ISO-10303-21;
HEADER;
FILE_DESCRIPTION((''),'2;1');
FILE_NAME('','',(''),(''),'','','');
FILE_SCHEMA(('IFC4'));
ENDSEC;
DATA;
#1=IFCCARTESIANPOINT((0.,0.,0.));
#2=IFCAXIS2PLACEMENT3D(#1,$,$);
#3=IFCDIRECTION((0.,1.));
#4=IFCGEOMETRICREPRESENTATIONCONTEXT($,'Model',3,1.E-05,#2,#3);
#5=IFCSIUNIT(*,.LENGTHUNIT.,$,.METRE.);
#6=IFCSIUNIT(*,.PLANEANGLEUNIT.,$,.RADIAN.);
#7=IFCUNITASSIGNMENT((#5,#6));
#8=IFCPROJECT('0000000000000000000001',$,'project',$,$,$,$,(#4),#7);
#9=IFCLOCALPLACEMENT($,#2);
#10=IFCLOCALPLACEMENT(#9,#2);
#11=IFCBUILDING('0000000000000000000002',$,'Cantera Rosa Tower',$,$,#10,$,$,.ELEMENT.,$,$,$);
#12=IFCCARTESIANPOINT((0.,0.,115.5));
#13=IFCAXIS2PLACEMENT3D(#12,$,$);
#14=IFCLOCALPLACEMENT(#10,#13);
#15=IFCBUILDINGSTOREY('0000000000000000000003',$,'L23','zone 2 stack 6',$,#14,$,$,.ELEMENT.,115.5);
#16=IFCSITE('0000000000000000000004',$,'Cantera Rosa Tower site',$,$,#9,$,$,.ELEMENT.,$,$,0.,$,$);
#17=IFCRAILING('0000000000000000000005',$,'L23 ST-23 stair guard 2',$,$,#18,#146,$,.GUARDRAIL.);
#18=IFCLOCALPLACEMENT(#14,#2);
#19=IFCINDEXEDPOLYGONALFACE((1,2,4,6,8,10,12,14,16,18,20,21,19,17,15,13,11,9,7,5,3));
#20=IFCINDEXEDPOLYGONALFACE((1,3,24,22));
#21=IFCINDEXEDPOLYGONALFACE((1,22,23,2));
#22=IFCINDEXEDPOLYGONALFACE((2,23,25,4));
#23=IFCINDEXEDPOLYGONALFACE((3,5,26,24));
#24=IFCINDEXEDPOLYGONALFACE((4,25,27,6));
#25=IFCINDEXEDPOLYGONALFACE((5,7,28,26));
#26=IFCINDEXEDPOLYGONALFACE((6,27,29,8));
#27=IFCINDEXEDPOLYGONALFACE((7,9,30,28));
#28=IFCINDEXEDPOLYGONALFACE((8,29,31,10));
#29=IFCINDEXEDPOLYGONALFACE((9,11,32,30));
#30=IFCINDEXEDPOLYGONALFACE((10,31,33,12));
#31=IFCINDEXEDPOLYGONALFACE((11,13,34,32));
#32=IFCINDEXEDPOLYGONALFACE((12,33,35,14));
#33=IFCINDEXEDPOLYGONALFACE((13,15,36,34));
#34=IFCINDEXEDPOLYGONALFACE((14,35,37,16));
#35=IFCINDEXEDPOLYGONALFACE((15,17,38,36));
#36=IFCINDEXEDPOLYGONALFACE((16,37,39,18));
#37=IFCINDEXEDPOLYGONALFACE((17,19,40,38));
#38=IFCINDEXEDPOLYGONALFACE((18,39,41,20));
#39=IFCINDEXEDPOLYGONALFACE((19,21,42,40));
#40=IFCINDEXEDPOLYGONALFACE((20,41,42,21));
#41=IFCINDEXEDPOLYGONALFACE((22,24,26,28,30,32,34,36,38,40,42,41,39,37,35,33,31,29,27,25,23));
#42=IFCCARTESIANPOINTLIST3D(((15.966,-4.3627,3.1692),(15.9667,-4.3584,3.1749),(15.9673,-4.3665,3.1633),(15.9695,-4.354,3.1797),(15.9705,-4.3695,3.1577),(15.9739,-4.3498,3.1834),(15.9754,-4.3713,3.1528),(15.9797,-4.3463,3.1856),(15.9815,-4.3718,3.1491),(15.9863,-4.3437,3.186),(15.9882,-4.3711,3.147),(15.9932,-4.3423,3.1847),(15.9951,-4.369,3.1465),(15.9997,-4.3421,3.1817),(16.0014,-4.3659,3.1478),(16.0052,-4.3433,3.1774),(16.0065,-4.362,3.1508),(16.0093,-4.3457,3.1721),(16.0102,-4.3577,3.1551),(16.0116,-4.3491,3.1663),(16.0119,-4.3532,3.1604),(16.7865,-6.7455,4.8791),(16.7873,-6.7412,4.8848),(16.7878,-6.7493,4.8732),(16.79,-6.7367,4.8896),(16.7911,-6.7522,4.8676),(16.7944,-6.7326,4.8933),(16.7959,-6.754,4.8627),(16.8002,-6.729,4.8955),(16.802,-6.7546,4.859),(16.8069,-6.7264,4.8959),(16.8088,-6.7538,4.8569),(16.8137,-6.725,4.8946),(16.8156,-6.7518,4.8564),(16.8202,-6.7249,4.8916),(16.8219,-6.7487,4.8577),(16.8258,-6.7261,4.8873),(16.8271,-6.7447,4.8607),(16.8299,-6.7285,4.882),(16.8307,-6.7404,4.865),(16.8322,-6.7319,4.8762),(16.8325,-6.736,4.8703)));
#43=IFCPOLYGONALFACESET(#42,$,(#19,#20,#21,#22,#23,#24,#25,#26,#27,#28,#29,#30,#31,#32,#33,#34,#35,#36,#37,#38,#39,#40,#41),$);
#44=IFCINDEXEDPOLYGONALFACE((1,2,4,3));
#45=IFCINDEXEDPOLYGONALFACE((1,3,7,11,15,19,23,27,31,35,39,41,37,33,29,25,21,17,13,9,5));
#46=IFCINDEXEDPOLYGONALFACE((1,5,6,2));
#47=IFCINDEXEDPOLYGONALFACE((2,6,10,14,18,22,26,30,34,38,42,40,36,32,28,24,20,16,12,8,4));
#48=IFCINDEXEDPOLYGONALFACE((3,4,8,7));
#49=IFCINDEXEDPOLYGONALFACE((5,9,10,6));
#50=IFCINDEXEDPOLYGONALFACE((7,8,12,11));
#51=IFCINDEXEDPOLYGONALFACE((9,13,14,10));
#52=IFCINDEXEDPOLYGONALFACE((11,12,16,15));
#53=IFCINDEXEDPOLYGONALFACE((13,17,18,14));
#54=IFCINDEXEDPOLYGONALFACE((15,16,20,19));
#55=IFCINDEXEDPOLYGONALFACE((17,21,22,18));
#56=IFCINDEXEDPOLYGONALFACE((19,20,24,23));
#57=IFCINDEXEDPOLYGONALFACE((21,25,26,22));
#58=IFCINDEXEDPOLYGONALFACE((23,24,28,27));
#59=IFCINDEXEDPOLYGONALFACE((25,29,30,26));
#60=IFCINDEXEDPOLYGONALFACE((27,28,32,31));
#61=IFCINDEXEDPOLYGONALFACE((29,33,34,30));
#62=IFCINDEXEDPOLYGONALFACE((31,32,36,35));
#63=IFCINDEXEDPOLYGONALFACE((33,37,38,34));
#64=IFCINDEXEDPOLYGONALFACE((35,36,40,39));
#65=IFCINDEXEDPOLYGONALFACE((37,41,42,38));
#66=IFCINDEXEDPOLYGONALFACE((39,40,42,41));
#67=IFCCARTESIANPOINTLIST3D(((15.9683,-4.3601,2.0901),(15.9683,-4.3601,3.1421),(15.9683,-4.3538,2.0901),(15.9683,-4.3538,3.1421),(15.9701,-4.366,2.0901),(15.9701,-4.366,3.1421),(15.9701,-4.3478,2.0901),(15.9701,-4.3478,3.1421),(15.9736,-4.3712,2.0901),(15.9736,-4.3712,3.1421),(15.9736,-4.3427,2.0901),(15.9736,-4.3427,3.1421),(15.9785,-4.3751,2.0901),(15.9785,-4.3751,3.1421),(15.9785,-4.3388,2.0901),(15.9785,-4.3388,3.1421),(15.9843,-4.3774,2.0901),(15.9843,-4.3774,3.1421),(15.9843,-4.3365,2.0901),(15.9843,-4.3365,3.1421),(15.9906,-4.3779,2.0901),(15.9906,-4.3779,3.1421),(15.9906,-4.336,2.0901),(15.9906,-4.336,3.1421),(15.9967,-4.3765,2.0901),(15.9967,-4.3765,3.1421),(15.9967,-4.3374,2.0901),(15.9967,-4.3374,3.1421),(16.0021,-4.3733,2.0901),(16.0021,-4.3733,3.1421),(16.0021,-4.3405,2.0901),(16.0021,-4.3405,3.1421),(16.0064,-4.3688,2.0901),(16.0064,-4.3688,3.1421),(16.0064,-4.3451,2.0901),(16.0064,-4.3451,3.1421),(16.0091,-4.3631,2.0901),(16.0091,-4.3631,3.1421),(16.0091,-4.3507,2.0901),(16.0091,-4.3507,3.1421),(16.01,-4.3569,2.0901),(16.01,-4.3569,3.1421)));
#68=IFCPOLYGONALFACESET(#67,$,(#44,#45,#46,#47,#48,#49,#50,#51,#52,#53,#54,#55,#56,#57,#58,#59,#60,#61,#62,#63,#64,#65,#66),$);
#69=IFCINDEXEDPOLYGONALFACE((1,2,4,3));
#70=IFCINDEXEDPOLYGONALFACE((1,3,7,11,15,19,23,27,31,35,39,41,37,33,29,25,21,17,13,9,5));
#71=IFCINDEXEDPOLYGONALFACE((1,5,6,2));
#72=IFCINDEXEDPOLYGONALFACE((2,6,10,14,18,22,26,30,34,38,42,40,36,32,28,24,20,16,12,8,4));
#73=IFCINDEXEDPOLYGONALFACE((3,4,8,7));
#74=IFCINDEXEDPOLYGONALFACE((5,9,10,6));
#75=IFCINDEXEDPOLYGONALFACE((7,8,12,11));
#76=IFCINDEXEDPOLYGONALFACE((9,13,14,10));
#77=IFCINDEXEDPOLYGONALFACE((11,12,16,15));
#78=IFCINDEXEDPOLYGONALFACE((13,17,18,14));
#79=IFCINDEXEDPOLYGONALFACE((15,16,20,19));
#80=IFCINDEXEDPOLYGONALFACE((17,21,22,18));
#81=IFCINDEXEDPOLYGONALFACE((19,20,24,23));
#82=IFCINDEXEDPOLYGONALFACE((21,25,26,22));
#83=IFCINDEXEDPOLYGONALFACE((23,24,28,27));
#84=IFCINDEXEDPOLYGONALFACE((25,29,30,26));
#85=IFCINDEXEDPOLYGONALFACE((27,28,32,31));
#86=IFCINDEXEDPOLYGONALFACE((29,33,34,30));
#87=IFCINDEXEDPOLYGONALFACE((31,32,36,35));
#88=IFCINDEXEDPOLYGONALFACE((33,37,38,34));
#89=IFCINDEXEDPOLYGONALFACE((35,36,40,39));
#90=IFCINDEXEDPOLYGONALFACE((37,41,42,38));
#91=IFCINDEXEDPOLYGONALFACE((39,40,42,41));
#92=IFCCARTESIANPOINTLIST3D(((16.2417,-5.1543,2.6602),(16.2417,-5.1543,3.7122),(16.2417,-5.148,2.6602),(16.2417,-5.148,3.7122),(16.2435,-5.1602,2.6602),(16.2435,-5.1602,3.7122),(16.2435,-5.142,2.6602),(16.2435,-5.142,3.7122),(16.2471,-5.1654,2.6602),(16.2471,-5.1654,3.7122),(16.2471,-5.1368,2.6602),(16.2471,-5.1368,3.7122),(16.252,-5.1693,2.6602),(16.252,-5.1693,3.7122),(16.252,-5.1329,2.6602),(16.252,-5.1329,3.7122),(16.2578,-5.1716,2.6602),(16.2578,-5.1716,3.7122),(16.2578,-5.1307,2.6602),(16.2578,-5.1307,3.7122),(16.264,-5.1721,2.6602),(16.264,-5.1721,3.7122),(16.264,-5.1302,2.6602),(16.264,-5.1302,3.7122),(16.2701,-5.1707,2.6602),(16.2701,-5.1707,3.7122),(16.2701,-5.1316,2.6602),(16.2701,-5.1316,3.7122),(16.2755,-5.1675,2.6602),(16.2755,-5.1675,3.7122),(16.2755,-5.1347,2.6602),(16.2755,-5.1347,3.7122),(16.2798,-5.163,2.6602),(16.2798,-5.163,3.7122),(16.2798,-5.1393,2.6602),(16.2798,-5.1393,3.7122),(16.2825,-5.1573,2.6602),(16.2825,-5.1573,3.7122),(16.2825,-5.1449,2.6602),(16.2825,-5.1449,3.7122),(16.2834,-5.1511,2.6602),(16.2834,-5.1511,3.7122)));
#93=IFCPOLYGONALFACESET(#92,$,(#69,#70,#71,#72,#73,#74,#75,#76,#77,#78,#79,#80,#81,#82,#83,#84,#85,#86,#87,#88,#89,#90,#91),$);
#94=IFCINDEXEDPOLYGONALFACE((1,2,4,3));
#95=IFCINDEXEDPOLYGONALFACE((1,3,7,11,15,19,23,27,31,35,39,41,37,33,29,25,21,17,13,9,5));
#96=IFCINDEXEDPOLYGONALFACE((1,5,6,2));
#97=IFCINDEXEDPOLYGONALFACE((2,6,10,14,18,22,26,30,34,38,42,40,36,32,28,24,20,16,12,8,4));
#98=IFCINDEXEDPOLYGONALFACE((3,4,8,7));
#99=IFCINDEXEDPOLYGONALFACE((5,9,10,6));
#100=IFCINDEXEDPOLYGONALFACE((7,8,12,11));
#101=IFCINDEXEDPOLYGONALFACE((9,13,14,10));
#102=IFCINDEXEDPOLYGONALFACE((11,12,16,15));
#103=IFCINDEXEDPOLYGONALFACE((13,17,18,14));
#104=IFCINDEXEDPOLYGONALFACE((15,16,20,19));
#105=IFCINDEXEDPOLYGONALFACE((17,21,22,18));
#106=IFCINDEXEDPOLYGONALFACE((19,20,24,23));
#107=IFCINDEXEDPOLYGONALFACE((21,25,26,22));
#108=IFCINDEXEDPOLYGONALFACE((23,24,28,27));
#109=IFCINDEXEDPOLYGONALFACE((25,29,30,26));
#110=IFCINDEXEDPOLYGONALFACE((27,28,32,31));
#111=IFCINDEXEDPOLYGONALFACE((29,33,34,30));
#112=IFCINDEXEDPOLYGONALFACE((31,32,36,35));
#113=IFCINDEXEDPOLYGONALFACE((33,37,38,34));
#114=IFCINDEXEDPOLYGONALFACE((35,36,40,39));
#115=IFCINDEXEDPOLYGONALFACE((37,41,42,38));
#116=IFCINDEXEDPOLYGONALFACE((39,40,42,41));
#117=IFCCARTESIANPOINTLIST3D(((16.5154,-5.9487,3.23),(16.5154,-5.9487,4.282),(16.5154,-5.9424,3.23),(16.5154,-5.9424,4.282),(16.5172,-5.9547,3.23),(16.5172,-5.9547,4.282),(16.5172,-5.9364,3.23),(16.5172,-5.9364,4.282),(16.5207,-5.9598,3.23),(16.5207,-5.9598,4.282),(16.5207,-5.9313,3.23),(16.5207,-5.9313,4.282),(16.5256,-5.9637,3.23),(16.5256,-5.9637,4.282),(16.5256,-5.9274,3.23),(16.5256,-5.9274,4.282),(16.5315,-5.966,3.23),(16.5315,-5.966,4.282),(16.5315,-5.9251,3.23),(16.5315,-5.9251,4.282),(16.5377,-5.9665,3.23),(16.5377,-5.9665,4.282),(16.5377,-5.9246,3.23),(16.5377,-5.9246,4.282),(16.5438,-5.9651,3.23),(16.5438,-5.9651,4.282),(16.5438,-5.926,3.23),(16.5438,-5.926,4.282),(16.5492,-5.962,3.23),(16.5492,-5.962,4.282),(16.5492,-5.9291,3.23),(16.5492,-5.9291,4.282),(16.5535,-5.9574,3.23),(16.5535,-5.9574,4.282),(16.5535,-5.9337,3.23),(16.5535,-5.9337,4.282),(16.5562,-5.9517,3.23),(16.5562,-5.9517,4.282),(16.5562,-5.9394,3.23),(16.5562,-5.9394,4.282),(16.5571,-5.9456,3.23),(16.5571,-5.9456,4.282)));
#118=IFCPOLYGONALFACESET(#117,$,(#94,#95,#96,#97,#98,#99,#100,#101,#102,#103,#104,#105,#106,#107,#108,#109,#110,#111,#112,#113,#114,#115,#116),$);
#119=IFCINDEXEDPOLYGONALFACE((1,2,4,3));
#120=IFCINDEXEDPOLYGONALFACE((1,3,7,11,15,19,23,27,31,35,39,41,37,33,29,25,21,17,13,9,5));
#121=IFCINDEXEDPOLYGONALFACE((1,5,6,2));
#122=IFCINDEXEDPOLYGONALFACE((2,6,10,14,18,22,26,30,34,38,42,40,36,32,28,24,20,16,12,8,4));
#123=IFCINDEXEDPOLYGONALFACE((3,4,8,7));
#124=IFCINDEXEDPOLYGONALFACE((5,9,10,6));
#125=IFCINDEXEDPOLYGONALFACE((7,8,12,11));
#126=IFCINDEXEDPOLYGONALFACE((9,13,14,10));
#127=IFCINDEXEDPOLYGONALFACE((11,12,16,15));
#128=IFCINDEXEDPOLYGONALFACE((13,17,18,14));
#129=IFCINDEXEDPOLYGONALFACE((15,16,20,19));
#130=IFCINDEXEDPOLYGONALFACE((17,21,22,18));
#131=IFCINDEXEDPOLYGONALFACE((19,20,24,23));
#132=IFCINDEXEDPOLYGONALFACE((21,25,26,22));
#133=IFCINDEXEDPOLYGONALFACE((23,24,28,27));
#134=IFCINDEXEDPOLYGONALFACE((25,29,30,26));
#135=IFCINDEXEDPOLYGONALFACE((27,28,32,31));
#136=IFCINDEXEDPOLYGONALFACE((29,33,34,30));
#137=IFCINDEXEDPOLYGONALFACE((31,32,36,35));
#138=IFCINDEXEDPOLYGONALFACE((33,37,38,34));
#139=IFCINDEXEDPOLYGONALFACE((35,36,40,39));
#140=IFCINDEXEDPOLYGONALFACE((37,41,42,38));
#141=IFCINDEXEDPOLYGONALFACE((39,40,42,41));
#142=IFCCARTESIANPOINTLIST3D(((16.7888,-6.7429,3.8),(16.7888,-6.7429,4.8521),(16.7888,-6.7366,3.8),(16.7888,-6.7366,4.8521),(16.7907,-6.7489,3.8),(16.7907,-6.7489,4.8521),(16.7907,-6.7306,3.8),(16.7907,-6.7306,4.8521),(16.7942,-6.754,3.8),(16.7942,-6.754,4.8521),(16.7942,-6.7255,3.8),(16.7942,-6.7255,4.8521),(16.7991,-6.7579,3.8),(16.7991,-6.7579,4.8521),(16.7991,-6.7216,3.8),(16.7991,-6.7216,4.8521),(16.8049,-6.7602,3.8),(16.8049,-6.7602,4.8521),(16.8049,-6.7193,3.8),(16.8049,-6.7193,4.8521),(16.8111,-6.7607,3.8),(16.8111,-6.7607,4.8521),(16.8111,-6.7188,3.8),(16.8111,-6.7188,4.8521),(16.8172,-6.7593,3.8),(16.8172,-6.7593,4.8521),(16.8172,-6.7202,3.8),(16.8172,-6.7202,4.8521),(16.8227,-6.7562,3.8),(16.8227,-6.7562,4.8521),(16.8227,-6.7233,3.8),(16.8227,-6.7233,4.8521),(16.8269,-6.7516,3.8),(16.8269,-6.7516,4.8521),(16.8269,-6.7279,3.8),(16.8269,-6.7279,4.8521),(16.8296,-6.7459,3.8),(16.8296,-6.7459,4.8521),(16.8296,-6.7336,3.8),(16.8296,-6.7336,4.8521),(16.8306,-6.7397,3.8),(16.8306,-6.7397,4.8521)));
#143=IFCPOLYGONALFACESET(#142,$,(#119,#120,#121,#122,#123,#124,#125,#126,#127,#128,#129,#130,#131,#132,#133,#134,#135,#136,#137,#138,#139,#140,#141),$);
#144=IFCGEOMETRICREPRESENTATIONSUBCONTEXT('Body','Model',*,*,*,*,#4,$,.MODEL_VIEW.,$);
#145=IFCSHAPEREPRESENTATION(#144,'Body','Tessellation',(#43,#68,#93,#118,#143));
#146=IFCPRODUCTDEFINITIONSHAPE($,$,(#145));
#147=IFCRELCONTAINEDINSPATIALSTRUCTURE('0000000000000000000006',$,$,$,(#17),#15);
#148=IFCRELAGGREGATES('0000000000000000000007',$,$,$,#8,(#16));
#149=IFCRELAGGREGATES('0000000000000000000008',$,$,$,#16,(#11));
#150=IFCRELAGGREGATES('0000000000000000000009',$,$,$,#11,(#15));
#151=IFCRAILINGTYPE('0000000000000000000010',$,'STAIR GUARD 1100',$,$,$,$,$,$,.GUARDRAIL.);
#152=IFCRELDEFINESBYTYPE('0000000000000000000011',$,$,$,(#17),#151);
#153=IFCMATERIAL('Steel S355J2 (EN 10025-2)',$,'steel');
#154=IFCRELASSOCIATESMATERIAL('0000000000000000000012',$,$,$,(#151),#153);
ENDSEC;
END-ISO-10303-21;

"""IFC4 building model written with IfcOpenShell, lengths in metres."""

from ifc_helpers import new_model, si_unit, direction, frame, origin, origin_2d, place, context, subcontext, project, spatial, circle, extrude, material, type_object, element, save


model = new_model("IFC4")

# Units and contexts
model_context = context("Model", 3, precision=1e-05, world=origin(), true_north=direction((0.0, 1.0)))
body_context = subcontext(model_context, "Body", "Model", "MODEL_VIEW")
ifc_project = project(units=[si_unit("LENGTHUNIT", "METRE"), si_unit("PLANEANGLEUNIT", "RADIAN")], contexts=[model_context])

# Site, building, storey
site_placement = place(None, origin())
site = spatial("IfcSite", under=ifc_project, at=site_placement, Name="Cantera Rosa Tower site", CompositionType="ELEMENT", RefElevation=0.0)
building_placement = place(site_placement, origin())
building = spatial("IfcBuilding", under=site, at=building_placement, Name="Cantera Rosa Tower", CompositionType="ELEMENT")
storey_placement = place(building_placement, frame((0.0, 0.0, 115.5)))
storey = spatial("IfcBuildingStorey", under=building, at=storey_placement, Name="L23", Description="zone 2 stack 6", CompositionType="ELEMENT", Elevation=115.5)

# Railing
ifc_material_1 = material(Name="Steel S355J2 (EN 10025-2)", Category="steel")
railing_type_1 = type_object("IfcRailingType", Name="STAIR GUARD 1100", PredefinedType="GUARDRAIL", material=ifc_material_1)
railing_1_placement = place(storey_placement, frame((15.989, -4.3569, 2.0901)))
element("IfcRailing", 1, at=railing_1_placement, inside=storey, type_object=railing_type_1, Name="L23 ST-23 stair guard 2", PredefinedType="GUARDRAIL", context=body_context, shape_type="SweptSolid", body=[
    extrude(circle(Radius=0.0239, at=origin_2d()), frame((0.0, 0.0, 1.0762), z_axis=(0.269432, -0.782404, 0.561471), x_axis=(0.945508, 0.3256, 0.0)), (0.0, 0.0, 1.0), 3.0454),
    extrude(circle(Radius=0.021, at=origin_2d()), origin(), (0.0, 0.0, 1.0), 1.052),
    extrude(circle(Radius=0.021, at=origin_2d()), frame((0.2734, -0.7942, 0.5701)), (0.0, 0.0, 1.0), 1.052),
    extrude(circle(Radius=0.021, at=origin_2d()), frame((0.5471, -1.5886, 1.1399)), (0.0, 0.0, 1.0), 1.052),
    extrude(circle(Radius=0.021, at=origin_2d()), frame((0.8206, -2.3828, 1.71)), (0.0, 0.0, 1.0), 1.052),
])

save(model, "model.ifc")
